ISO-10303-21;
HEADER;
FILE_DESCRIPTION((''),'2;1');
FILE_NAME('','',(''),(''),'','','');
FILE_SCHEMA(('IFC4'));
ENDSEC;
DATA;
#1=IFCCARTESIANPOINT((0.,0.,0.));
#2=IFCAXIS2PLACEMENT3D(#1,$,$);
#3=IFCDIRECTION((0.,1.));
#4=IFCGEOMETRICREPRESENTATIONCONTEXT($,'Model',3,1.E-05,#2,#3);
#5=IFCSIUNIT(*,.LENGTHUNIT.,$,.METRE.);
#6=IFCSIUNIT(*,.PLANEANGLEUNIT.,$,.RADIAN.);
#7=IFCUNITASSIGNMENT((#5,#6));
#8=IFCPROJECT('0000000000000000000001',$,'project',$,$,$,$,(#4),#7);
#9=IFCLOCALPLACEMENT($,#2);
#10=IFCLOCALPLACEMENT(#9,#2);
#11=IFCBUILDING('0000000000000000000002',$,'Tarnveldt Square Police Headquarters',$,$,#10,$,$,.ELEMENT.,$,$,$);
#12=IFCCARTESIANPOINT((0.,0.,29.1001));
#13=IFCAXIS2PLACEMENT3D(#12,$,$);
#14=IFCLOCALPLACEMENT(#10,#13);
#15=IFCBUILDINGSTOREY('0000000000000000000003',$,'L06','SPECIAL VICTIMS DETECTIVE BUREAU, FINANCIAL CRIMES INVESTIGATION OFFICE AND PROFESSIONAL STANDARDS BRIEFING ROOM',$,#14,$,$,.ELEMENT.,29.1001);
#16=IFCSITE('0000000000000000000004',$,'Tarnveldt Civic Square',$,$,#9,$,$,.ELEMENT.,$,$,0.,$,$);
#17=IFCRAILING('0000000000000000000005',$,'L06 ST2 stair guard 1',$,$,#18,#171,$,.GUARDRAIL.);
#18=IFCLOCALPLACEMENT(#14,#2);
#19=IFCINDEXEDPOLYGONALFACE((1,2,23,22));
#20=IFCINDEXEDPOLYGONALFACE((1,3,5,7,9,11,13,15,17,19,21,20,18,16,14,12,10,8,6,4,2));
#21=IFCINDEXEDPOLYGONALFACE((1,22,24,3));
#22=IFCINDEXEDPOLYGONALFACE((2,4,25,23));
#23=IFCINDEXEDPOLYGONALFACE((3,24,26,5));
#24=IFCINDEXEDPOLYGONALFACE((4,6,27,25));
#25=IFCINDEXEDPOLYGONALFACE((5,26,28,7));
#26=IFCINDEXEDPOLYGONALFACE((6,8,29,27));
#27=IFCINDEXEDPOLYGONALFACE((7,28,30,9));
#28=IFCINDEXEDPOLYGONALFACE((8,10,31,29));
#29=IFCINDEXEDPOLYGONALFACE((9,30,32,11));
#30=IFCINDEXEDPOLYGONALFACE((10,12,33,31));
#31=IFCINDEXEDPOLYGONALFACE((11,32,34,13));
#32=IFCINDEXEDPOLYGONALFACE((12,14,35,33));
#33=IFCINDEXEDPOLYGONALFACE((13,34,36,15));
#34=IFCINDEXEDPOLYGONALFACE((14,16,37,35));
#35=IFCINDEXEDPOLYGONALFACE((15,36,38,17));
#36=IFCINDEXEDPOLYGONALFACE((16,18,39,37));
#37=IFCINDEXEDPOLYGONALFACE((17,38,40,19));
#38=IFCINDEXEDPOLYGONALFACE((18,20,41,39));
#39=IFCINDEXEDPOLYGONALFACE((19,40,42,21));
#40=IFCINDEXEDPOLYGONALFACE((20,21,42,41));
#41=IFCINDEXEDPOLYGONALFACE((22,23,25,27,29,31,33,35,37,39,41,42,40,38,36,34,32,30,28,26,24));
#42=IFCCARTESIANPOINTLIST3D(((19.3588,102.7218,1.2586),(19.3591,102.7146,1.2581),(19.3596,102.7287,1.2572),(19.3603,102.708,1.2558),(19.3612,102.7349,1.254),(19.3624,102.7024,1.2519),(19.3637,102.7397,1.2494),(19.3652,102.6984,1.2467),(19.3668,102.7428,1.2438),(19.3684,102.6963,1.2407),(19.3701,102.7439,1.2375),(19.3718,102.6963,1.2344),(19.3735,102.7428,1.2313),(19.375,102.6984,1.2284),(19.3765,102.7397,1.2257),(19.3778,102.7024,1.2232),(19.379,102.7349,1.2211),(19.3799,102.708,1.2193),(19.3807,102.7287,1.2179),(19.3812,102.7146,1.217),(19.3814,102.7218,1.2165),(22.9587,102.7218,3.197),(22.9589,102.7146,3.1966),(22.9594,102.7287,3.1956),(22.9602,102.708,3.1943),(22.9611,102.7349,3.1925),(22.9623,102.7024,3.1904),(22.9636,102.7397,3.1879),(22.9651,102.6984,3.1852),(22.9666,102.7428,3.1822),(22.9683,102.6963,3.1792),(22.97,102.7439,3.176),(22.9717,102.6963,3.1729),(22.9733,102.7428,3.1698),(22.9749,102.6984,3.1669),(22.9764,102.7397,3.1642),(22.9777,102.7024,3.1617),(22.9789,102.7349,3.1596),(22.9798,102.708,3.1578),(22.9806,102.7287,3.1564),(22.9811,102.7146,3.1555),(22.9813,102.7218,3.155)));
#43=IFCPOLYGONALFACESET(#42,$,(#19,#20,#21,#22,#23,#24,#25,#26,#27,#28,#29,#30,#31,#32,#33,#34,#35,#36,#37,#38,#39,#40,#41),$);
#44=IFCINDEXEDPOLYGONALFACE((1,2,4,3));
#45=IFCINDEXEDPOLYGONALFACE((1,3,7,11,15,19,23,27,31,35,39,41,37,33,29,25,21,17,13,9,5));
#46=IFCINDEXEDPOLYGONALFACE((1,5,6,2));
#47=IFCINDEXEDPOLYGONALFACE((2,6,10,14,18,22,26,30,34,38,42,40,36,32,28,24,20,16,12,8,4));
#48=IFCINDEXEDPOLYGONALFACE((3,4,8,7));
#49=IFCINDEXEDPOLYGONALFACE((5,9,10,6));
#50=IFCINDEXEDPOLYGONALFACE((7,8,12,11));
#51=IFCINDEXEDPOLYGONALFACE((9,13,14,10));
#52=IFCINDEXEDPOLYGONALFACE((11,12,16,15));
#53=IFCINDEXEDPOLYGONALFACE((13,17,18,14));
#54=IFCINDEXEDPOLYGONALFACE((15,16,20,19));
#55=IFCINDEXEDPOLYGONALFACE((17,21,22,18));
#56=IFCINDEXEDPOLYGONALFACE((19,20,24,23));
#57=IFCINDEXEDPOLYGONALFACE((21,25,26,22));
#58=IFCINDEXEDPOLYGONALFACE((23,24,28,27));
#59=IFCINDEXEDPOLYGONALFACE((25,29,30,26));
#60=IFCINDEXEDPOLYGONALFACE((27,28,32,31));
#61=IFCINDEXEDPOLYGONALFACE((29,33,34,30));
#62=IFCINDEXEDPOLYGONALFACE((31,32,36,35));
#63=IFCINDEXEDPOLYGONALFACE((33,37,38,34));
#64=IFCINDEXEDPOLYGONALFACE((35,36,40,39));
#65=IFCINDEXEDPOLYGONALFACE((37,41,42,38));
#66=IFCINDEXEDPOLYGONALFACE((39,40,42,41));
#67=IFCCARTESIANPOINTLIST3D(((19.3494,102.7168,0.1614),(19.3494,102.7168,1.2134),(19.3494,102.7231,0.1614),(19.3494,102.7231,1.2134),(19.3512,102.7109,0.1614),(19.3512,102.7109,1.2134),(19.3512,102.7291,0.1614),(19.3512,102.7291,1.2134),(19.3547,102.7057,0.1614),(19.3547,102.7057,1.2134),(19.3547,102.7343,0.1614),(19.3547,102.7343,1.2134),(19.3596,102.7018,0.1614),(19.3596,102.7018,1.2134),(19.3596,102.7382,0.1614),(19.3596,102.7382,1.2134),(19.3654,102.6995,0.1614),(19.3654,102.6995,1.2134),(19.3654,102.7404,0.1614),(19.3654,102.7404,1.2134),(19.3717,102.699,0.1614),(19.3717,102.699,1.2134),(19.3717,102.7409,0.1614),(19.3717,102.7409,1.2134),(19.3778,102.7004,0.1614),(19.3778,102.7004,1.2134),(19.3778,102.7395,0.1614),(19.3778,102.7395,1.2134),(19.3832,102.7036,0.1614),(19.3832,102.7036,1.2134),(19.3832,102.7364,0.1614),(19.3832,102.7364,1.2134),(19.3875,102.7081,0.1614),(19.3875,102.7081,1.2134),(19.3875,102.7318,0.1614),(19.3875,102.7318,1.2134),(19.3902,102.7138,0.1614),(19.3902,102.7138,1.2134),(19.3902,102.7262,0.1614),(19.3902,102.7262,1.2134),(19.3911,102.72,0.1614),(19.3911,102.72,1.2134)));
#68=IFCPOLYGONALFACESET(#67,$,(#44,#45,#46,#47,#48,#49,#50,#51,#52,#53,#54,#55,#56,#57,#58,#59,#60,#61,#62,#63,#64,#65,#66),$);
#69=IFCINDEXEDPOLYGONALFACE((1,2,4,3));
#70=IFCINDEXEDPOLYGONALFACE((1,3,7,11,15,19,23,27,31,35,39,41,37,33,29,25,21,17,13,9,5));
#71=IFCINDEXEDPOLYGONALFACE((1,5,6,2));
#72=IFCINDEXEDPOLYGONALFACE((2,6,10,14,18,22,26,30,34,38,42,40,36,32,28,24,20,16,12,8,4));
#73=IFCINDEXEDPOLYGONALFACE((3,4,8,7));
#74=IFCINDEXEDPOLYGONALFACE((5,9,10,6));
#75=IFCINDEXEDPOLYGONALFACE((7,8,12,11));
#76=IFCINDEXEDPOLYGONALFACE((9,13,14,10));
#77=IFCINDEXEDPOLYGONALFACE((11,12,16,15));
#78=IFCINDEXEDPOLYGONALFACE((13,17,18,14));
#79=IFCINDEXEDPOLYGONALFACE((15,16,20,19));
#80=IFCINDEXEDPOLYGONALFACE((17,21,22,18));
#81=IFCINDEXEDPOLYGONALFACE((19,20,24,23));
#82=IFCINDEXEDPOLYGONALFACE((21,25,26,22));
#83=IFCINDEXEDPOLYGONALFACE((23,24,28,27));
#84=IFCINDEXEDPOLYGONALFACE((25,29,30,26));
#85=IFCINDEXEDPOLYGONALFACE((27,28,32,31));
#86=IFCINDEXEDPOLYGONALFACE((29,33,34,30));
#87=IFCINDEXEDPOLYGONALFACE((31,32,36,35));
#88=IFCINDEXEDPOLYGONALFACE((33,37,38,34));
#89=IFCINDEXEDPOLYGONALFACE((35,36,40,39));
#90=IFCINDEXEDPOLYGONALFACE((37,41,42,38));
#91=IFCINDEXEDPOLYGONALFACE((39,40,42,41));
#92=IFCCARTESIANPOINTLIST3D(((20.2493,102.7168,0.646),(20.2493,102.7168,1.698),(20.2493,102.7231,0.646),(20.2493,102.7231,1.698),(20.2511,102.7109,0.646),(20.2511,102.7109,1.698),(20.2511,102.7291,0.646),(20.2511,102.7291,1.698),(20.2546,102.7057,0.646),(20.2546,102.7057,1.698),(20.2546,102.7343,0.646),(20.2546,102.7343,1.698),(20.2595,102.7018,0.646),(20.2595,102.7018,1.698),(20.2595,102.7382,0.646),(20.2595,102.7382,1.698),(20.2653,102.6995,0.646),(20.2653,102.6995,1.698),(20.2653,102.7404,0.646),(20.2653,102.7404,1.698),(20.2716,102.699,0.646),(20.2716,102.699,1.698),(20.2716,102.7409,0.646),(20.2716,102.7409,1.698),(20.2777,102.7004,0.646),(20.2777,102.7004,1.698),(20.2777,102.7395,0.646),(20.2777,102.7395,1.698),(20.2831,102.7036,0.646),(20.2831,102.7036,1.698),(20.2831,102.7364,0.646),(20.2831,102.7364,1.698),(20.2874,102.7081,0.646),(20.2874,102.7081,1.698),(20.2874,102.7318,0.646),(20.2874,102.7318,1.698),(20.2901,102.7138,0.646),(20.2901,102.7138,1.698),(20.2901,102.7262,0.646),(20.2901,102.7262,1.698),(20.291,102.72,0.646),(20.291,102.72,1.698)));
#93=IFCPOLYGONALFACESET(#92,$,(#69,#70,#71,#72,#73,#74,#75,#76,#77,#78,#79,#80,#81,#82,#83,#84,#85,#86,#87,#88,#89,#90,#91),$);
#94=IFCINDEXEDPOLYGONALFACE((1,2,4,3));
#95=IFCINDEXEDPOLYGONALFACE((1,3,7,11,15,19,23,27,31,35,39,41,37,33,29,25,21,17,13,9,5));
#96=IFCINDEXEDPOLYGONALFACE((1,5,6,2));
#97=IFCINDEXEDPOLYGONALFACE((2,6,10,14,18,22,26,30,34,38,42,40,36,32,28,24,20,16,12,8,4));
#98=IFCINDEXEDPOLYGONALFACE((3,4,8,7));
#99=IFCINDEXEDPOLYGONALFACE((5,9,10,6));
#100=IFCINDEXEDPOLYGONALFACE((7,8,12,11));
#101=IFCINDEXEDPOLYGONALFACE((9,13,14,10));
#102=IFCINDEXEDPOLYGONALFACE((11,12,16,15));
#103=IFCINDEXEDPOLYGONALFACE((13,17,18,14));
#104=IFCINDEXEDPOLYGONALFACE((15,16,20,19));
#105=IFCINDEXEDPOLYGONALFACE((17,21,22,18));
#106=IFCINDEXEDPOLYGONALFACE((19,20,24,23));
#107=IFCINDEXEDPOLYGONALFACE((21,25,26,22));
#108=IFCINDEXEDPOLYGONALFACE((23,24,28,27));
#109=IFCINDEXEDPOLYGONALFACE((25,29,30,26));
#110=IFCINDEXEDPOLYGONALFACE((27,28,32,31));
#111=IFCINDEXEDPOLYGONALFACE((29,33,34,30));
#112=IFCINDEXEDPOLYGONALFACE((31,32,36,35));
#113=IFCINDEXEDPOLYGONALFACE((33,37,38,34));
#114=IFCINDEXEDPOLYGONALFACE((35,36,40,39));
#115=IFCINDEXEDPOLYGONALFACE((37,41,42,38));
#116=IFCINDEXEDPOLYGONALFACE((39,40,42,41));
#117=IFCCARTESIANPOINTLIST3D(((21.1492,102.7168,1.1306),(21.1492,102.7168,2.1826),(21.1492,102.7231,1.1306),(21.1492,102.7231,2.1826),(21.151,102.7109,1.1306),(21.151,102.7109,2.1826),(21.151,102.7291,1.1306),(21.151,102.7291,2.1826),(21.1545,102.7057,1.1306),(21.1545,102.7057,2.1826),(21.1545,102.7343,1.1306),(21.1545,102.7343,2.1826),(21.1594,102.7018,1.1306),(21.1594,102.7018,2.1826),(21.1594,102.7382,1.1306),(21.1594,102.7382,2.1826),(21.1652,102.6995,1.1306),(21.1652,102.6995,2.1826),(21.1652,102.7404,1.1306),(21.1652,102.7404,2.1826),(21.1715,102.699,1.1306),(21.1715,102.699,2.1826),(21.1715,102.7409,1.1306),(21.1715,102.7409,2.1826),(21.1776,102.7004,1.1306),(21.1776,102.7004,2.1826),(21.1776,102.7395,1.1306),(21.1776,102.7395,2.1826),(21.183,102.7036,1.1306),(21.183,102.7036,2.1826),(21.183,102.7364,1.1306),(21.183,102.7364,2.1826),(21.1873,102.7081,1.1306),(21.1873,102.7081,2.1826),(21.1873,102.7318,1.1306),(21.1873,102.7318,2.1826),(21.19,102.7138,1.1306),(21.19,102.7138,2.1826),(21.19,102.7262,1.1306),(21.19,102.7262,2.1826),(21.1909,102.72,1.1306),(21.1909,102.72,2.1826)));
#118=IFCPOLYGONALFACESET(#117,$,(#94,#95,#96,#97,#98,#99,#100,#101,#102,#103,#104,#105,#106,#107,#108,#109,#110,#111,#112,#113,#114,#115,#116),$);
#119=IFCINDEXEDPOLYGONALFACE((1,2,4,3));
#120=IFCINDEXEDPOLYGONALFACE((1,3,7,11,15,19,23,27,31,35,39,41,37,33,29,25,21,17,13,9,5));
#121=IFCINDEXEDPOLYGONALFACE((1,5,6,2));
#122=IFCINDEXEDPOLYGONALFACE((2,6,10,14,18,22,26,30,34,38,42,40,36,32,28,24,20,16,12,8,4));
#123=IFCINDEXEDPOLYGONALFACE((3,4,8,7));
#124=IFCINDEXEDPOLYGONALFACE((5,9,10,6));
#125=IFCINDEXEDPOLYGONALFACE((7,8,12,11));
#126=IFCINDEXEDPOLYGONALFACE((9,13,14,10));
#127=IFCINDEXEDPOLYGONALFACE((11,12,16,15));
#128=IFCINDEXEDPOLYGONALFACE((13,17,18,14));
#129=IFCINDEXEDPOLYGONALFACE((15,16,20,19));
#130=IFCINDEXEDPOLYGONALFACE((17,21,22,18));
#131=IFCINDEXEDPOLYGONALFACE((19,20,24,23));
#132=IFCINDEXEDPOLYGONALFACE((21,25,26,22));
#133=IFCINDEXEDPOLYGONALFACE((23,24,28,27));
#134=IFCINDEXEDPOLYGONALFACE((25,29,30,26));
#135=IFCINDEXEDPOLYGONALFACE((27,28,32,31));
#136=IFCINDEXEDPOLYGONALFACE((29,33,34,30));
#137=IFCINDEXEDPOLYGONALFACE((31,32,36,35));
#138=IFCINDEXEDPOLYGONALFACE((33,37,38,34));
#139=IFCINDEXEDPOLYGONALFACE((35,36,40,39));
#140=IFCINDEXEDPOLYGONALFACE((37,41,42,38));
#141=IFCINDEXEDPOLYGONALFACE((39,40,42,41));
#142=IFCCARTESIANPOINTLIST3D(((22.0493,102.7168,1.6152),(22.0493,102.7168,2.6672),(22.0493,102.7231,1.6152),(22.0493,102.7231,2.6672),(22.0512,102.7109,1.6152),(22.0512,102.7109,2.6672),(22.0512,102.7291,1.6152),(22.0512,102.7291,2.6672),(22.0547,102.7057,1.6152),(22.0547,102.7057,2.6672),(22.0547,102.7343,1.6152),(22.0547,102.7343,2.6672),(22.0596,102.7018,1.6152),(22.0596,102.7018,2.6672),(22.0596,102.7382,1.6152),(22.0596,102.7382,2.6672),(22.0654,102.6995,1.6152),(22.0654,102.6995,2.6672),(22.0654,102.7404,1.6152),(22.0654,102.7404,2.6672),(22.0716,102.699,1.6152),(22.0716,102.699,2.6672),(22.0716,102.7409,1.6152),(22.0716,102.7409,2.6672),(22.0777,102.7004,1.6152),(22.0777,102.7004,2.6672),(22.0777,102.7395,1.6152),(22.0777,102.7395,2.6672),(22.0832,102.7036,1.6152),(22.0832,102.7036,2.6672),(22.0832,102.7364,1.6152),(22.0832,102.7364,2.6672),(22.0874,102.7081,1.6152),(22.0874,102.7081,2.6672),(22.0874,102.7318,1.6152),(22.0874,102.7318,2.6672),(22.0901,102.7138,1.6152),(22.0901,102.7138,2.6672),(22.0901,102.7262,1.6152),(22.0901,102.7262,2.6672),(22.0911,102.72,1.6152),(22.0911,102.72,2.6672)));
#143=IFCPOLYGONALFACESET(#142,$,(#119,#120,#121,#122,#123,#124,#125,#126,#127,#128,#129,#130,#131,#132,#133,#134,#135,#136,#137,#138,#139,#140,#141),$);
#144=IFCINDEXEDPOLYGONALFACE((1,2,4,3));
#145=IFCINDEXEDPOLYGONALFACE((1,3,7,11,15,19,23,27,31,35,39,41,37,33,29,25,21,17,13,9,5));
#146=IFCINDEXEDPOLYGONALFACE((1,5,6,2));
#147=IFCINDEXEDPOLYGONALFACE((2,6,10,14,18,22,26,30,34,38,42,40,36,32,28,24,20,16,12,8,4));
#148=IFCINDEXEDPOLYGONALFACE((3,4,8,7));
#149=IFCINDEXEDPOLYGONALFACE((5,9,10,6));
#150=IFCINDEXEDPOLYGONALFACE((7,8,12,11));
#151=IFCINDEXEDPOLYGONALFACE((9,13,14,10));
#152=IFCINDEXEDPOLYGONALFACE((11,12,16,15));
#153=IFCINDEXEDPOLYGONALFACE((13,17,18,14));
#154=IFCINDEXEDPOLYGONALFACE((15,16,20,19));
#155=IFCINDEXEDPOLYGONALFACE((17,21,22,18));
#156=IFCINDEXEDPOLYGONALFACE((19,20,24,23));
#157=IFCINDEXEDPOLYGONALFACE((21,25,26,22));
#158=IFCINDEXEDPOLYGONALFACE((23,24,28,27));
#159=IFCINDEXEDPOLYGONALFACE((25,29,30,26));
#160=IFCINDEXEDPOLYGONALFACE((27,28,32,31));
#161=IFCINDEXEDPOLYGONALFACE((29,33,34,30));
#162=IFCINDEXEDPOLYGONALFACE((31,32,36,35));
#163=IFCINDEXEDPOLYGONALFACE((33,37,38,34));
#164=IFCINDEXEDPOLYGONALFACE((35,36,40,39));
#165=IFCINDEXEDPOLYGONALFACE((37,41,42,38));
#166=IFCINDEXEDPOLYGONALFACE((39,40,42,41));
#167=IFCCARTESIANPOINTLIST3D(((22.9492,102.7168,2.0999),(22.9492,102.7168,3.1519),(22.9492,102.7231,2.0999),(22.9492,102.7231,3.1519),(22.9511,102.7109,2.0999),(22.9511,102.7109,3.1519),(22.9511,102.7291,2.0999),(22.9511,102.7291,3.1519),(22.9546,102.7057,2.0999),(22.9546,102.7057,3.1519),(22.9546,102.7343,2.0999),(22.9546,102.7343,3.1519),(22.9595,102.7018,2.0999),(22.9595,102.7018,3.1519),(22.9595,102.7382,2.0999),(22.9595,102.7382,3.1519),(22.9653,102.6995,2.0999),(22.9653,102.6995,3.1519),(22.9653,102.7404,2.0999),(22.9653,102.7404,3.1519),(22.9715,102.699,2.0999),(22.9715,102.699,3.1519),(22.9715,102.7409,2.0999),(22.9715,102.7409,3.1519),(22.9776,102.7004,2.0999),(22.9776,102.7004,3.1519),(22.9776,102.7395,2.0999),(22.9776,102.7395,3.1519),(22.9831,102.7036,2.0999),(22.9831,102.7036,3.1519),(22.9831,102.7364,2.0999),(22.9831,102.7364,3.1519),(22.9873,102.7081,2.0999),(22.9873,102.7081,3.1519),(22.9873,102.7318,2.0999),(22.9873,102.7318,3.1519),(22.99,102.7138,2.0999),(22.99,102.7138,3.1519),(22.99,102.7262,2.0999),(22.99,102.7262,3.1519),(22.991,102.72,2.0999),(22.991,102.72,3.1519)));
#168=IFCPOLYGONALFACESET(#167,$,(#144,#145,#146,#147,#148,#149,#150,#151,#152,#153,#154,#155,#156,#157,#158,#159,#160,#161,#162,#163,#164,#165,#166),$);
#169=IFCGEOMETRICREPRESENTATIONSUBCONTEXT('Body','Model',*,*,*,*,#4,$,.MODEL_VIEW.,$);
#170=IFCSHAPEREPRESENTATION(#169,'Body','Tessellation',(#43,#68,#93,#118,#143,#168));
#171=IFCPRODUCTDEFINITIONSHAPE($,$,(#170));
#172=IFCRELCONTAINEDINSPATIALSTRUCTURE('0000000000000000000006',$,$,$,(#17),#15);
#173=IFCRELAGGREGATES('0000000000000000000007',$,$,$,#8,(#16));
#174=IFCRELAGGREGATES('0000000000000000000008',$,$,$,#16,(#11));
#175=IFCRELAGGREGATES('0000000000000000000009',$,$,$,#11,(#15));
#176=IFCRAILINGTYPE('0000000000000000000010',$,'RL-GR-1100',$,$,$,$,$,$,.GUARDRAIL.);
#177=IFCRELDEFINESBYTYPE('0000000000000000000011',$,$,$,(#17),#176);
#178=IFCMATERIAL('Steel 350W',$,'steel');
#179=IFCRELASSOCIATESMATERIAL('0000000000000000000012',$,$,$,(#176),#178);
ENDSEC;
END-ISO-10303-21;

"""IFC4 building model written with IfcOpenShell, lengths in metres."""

from ifc_helpers import new_model, si_unit, direction, frame, origin, origin_2d, place, context, subcontext, project, spatial, circle, extrude, material, type_object, element, save


model = new_model("IFC4")

# Units and contexts
model_context = context("Model", 3, precision=1e-05, world=origin(), true_north=direction((0.0, 1.0)))
body_context = subcontext(model_context, "Body", "Model", "MODEL_VIEW")
ifc_project = project(units=[si_unit("LENGTHUNIT", "METRE"), si_unit("PLANEANGLEUNIT", "RADIAN")], contexts=[model_context])

# Site, building, storey
site_placement = place(None, origin())
site = spatial("IfcSite", under=ifc_project, at=site_placement, Name="Tarnveldt Civic Square", CompositionType="ELEMENT", RefElevation=0.0)
building_placement = place(site_placement, origin())
building = spatial("IfcBuilding", under=site, at=building_placement, Name="Tarnveldt Square Police Headquarters", CompositionType="ELEMENT")
storey_placement = place(building_placement, frame((0.0, 0.0, 29.1001)))
storey = spatial("IfcBuildingStorey", under=building, at=storey_placement, Name="L06", Description="SPECIAL VICTIMS DETECTIVE BUREAU, FINANCIAL CRIMES INVESTIGATION OFFICE AND PROFESSIONAL STANDARDS BRIEFING ROOM", CompositionType="ELEMENT", Elevation=29.1001)

# Shared definitions
ifc_material_1 = material(Name="Steel 350W", Category="steel")

# Railing
railing_type_1 = type_object("IfcRailingType", Name="RL-GR-1100", PredefinedType="GUARDRAIL", material=ifc_material_1)
railing_1_placement = place(storey_placement, frame((19.3701, 102.72, 0.1614)))
element("IfcRailing", 1, at=railing_1_placement, inside=storey, type_object=railing_type_1, Name="L06 ST2 stair guard 1", PredefinedType="GUARDRAIL", context=body_context, shape_type="SweptSolid", body=[
    extrude(circle(Radius=0.0239, at=origin_2d()), frame((0.0, 0.0, 1.0762), z_axis=(0.880462, 0.0, 0.474118), x_axis=(0.0, 1.0, 0.0)), (0.0, 0.0, 1.0), 4.0886),
    extrude(circle(Radius=0.021, at=origin_2d()), origin(), (0.0, 0.0, 1.0), 1.052),
    extrude(circle(Radius=0.021, at=origin_2d()), frame((0.8999, 0.0, 0.4846)), (0.0, 0.0, 1.0), 1.052),
    extrude(circle(Radius=0.021, at=origin_2d()), frame((1.7998, 0.0, 0.9692)), (0.0, 0.0, 1.0), 1.052),
    extrude(circle(Radius=0.021, at=origin_2d()), frame((2.7, 0.0, 1.4539)), (0.0, 0.0, 1.0), 1.052),
    extrude(circle(Radius=0.021, at=origin_2d()), frame((3.5999, 0.0, 1.9385)), (0.0, 0.0, 1.0), 1.052),
])

save(model, "model.ifc")
